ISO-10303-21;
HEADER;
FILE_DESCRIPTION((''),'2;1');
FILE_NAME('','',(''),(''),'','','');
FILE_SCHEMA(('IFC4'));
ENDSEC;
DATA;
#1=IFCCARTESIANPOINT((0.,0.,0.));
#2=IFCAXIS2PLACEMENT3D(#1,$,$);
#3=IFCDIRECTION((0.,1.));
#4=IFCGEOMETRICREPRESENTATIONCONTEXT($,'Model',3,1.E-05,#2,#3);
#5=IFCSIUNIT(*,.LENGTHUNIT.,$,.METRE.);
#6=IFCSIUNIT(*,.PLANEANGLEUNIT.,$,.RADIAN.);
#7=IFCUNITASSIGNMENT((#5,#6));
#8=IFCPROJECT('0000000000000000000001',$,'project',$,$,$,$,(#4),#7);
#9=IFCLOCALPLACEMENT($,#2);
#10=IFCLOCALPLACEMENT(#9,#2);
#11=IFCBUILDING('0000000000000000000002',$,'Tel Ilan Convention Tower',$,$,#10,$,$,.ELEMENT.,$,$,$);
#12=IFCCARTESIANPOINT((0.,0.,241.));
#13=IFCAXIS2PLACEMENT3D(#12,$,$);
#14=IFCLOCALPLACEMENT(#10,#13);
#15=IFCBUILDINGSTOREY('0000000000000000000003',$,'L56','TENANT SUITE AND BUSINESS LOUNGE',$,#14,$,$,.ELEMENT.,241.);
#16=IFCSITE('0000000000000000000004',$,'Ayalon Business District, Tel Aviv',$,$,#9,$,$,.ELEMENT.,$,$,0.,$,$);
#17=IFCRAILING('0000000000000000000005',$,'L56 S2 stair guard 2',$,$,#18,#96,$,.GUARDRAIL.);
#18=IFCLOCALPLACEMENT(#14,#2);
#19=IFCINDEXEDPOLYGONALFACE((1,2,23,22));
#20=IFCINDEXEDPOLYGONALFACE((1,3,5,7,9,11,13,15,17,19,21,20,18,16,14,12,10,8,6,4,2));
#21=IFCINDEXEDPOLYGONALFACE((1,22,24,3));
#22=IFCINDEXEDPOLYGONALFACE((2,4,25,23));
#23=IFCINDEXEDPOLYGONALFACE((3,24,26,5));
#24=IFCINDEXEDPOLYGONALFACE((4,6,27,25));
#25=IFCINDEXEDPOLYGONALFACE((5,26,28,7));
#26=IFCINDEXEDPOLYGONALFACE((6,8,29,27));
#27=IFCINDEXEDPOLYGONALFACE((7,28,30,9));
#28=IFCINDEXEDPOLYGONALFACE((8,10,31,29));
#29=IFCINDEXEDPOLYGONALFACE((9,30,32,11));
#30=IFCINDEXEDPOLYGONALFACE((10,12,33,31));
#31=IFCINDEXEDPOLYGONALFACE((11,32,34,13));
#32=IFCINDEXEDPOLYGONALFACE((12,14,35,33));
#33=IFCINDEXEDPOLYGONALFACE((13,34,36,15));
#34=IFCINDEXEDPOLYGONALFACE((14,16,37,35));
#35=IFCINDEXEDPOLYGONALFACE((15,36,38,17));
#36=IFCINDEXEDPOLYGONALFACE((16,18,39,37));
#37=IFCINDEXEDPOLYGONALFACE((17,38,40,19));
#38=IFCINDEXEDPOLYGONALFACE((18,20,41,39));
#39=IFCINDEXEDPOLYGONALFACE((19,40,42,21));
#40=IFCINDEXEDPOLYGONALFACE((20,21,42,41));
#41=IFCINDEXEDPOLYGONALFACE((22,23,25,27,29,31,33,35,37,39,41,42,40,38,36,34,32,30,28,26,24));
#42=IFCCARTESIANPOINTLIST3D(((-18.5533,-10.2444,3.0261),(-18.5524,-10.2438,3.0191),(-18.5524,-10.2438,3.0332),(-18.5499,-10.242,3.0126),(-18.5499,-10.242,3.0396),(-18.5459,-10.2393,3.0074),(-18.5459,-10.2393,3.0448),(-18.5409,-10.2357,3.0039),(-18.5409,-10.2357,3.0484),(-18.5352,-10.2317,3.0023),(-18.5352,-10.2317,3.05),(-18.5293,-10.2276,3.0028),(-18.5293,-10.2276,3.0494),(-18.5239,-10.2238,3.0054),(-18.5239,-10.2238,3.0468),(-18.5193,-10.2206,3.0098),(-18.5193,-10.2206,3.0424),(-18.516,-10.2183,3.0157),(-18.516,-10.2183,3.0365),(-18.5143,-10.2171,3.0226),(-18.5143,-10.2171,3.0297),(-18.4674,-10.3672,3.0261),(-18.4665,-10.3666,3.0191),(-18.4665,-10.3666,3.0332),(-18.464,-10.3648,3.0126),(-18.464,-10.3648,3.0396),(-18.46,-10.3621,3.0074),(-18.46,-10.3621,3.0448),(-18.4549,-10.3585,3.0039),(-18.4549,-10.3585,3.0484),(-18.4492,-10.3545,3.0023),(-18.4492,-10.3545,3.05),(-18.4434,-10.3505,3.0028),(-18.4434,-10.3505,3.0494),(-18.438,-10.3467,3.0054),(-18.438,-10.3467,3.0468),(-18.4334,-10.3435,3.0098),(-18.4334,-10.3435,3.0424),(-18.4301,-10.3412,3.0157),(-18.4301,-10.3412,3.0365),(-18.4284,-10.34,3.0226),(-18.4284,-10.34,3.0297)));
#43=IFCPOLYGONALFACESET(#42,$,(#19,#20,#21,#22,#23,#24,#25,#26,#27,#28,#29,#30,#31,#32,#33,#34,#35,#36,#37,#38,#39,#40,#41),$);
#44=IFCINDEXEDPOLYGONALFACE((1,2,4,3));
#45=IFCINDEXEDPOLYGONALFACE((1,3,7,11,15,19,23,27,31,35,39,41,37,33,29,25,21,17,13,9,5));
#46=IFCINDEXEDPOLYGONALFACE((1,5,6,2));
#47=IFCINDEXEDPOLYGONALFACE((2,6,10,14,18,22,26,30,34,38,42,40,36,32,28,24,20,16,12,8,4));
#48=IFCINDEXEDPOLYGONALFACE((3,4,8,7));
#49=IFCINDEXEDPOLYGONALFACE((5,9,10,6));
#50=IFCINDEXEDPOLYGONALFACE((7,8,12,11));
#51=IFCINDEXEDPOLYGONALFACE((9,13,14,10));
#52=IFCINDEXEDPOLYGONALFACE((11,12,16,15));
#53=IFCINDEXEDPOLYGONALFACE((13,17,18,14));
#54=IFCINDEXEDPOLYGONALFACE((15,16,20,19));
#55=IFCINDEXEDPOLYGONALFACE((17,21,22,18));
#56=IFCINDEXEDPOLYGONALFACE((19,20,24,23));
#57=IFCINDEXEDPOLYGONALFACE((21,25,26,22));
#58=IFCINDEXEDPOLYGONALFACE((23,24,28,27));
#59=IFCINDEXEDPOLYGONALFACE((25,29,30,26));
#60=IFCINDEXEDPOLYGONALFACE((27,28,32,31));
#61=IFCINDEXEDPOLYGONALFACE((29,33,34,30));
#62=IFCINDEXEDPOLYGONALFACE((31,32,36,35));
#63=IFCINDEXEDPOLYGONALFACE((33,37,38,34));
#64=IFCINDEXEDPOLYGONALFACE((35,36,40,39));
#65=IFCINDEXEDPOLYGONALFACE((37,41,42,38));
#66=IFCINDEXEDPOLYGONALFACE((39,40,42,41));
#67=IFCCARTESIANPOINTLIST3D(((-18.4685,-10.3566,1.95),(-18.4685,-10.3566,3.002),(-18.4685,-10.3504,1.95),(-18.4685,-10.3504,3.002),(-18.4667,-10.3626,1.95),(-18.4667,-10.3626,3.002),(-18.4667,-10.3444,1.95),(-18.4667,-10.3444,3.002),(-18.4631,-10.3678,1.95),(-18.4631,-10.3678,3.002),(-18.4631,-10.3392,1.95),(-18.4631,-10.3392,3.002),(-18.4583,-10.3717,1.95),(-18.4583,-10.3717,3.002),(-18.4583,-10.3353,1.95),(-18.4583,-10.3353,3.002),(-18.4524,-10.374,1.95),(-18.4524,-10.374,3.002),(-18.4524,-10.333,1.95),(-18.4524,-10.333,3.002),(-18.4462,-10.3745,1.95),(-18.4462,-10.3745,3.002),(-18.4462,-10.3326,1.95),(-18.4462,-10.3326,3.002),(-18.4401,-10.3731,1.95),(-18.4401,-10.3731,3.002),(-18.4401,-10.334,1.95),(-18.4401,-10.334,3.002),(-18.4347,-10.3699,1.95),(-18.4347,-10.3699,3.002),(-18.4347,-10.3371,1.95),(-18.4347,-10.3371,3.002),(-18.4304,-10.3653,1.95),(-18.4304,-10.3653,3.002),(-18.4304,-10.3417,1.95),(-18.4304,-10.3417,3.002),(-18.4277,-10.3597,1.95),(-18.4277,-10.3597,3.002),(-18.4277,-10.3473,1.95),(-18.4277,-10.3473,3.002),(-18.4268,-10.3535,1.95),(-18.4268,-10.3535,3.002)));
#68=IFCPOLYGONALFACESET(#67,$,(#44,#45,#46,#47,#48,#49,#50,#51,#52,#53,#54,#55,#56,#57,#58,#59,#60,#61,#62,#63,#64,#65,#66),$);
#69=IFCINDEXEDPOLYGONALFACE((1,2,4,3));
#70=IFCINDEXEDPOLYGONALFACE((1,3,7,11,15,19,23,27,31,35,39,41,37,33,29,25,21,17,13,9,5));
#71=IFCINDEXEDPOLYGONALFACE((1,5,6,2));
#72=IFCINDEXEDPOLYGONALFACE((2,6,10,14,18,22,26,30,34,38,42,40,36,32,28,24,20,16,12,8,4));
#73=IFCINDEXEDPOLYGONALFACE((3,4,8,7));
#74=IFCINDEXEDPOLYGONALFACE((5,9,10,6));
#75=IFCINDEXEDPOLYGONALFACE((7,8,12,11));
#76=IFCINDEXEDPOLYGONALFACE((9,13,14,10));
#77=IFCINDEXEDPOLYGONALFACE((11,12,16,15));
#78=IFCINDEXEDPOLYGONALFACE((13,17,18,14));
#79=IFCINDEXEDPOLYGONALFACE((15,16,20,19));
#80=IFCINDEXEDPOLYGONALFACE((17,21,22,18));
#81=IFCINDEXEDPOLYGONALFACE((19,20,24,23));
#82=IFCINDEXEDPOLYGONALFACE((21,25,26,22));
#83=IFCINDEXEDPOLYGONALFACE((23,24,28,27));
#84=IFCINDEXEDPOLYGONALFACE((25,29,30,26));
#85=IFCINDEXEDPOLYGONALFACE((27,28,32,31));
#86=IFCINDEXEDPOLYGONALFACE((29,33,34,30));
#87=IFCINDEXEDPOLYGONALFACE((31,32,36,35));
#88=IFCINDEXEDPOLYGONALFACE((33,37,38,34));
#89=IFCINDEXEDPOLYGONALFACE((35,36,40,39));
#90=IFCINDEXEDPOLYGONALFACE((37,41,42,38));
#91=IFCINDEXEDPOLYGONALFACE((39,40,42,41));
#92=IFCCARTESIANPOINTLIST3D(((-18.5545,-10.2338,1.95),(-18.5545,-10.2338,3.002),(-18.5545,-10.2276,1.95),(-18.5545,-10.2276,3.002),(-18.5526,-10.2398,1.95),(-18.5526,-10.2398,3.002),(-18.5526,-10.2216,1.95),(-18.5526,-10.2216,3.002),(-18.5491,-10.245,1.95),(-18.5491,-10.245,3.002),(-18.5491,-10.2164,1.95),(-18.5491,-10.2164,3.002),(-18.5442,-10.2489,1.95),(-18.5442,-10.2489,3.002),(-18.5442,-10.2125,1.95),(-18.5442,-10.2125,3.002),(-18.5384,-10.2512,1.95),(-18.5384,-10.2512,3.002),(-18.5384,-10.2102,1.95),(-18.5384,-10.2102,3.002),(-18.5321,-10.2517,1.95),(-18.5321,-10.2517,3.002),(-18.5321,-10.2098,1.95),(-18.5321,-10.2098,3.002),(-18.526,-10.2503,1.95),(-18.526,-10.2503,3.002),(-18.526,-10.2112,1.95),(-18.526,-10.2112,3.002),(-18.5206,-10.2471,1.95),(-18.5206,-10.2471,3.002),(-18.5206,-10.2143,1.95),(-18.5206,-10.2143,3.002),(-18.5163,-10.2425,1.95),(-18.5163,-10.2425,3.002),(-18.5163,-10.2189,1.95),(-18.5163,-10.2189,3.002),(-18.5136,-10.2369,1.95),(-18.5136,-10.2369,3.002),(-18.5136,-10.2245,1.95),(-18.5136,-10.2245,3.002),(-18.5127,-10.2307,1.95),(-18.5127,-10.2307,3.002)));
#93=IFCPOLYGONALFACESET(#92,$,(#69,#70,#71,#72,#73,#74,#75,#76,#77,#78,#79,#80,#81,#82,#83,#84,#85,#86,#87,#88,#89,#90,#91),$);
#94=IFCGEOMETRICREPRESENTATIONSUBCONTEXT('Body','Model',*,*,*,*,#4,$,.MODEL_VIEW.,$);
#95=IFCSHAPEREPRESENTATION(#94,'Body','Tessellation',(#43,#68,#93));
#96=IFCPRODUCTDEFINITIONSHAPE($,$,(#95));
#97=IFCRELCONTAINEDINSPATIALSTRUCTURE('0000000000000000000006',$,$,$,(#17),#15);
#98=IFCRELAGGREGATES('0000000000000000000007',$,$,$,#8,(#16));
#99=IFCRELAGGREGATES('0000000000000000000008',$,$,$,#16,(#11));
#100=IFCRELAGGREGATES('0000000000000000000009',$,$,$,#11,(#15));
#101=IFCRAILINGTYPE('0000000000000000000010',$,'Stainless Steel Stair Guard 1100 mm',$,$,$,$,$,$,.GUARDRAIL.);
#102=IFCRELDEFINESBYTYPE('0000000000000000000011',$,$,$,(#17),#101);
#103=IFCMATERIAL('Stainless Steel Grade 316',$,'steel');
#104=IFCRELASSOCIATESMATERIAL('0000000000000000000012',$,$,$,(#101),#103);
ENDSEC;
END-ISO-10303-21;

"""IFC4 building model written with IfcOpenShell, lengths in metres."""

from ifc_helpers import new_model, si_unit, direction, frame, origin, origin_2d, place, context, subcontext, project, spatial, circle, extrude, material, type_object, element, save


model = new_model("IFC4")

# Units and contexts
model_context = context("Model", 3, precision=1e-05, world=origin(), true_north=direction((0.0, 1.0)))
body_context = subcontext(model_context, "Body", "Model", "MODEL_VIEW")
ifc_project = project(units=[si_unit("LENGTHUNIT", "METRE"), si_unit("PLANEANGLEUNIT", "RADIAN")], contexts=[model_context])

# Site, building, storey
site_placement = place(None, origin())
site = spatial("IfcSite", under=ifc_project, at=site_placement, Name="Ayalon Business District, Tel Aviv", CompositionType="ELEMENT", RefElevation=0.0)
building_placement = place(site_placement, origin())
building = spatial("IfcBuilding", under=site, at=building_placement, Name="Tel Ilan Convention Tower", CompositionType="ELEMENT")
storey_placement = place(building_placement, frame((0.0, 0.0, 241.0)))
storey = spatial("IfcBuildingStorey", under=building, at=storey_placement, Name="L56", Description="TENANT SUITE AND BUSINESS LOUNGE", CompositionType="ELEMENT", Elevation=241.0)

# Railing
ifc_material_1 = material(Name="Stainless Steel Grade 316", Category="steel")
railing_type_1 = type_object("IfcRailingType", Name="Stainless Steel Stair Guard 1100 mm", PredefinedType="GUARDRAIL", material=ifc_material_1)
railing_1_placement = place(storey_placement, frame((-18.4478, -10.3535, 1.95)))
element("IfcRailing", 1, at=railing_1_placement, inside=storey, type_object=railing_type_1, Name="L56 S2 stair guard 2", PredefinedType="GUARDRAIL", context=body_context, shape_type="SweptSolid", body=[
    extrude(circle(Radius=0.0239, at=origin_2d()), frame((0.0, 0.0, 1.0762), z_axis=(-0.573353, 0.819308, 0.0), x_axis=(-0.819308, -0.573353, 0.0)), (0.0, 0.0, 1.0), 0.1499),
    extrude(circle(Radius=0.021, at=origin_2d()), origin(), (0.0, 0.0, 1.0), 1.052),
    extrude(circle(Radius=0.021, at=origin_2d()), frame((-0.0859, 0.1228, 0.0)), (0.0, 0.0, 1.0), 1.052),
])

save(model, "model.ifc")
